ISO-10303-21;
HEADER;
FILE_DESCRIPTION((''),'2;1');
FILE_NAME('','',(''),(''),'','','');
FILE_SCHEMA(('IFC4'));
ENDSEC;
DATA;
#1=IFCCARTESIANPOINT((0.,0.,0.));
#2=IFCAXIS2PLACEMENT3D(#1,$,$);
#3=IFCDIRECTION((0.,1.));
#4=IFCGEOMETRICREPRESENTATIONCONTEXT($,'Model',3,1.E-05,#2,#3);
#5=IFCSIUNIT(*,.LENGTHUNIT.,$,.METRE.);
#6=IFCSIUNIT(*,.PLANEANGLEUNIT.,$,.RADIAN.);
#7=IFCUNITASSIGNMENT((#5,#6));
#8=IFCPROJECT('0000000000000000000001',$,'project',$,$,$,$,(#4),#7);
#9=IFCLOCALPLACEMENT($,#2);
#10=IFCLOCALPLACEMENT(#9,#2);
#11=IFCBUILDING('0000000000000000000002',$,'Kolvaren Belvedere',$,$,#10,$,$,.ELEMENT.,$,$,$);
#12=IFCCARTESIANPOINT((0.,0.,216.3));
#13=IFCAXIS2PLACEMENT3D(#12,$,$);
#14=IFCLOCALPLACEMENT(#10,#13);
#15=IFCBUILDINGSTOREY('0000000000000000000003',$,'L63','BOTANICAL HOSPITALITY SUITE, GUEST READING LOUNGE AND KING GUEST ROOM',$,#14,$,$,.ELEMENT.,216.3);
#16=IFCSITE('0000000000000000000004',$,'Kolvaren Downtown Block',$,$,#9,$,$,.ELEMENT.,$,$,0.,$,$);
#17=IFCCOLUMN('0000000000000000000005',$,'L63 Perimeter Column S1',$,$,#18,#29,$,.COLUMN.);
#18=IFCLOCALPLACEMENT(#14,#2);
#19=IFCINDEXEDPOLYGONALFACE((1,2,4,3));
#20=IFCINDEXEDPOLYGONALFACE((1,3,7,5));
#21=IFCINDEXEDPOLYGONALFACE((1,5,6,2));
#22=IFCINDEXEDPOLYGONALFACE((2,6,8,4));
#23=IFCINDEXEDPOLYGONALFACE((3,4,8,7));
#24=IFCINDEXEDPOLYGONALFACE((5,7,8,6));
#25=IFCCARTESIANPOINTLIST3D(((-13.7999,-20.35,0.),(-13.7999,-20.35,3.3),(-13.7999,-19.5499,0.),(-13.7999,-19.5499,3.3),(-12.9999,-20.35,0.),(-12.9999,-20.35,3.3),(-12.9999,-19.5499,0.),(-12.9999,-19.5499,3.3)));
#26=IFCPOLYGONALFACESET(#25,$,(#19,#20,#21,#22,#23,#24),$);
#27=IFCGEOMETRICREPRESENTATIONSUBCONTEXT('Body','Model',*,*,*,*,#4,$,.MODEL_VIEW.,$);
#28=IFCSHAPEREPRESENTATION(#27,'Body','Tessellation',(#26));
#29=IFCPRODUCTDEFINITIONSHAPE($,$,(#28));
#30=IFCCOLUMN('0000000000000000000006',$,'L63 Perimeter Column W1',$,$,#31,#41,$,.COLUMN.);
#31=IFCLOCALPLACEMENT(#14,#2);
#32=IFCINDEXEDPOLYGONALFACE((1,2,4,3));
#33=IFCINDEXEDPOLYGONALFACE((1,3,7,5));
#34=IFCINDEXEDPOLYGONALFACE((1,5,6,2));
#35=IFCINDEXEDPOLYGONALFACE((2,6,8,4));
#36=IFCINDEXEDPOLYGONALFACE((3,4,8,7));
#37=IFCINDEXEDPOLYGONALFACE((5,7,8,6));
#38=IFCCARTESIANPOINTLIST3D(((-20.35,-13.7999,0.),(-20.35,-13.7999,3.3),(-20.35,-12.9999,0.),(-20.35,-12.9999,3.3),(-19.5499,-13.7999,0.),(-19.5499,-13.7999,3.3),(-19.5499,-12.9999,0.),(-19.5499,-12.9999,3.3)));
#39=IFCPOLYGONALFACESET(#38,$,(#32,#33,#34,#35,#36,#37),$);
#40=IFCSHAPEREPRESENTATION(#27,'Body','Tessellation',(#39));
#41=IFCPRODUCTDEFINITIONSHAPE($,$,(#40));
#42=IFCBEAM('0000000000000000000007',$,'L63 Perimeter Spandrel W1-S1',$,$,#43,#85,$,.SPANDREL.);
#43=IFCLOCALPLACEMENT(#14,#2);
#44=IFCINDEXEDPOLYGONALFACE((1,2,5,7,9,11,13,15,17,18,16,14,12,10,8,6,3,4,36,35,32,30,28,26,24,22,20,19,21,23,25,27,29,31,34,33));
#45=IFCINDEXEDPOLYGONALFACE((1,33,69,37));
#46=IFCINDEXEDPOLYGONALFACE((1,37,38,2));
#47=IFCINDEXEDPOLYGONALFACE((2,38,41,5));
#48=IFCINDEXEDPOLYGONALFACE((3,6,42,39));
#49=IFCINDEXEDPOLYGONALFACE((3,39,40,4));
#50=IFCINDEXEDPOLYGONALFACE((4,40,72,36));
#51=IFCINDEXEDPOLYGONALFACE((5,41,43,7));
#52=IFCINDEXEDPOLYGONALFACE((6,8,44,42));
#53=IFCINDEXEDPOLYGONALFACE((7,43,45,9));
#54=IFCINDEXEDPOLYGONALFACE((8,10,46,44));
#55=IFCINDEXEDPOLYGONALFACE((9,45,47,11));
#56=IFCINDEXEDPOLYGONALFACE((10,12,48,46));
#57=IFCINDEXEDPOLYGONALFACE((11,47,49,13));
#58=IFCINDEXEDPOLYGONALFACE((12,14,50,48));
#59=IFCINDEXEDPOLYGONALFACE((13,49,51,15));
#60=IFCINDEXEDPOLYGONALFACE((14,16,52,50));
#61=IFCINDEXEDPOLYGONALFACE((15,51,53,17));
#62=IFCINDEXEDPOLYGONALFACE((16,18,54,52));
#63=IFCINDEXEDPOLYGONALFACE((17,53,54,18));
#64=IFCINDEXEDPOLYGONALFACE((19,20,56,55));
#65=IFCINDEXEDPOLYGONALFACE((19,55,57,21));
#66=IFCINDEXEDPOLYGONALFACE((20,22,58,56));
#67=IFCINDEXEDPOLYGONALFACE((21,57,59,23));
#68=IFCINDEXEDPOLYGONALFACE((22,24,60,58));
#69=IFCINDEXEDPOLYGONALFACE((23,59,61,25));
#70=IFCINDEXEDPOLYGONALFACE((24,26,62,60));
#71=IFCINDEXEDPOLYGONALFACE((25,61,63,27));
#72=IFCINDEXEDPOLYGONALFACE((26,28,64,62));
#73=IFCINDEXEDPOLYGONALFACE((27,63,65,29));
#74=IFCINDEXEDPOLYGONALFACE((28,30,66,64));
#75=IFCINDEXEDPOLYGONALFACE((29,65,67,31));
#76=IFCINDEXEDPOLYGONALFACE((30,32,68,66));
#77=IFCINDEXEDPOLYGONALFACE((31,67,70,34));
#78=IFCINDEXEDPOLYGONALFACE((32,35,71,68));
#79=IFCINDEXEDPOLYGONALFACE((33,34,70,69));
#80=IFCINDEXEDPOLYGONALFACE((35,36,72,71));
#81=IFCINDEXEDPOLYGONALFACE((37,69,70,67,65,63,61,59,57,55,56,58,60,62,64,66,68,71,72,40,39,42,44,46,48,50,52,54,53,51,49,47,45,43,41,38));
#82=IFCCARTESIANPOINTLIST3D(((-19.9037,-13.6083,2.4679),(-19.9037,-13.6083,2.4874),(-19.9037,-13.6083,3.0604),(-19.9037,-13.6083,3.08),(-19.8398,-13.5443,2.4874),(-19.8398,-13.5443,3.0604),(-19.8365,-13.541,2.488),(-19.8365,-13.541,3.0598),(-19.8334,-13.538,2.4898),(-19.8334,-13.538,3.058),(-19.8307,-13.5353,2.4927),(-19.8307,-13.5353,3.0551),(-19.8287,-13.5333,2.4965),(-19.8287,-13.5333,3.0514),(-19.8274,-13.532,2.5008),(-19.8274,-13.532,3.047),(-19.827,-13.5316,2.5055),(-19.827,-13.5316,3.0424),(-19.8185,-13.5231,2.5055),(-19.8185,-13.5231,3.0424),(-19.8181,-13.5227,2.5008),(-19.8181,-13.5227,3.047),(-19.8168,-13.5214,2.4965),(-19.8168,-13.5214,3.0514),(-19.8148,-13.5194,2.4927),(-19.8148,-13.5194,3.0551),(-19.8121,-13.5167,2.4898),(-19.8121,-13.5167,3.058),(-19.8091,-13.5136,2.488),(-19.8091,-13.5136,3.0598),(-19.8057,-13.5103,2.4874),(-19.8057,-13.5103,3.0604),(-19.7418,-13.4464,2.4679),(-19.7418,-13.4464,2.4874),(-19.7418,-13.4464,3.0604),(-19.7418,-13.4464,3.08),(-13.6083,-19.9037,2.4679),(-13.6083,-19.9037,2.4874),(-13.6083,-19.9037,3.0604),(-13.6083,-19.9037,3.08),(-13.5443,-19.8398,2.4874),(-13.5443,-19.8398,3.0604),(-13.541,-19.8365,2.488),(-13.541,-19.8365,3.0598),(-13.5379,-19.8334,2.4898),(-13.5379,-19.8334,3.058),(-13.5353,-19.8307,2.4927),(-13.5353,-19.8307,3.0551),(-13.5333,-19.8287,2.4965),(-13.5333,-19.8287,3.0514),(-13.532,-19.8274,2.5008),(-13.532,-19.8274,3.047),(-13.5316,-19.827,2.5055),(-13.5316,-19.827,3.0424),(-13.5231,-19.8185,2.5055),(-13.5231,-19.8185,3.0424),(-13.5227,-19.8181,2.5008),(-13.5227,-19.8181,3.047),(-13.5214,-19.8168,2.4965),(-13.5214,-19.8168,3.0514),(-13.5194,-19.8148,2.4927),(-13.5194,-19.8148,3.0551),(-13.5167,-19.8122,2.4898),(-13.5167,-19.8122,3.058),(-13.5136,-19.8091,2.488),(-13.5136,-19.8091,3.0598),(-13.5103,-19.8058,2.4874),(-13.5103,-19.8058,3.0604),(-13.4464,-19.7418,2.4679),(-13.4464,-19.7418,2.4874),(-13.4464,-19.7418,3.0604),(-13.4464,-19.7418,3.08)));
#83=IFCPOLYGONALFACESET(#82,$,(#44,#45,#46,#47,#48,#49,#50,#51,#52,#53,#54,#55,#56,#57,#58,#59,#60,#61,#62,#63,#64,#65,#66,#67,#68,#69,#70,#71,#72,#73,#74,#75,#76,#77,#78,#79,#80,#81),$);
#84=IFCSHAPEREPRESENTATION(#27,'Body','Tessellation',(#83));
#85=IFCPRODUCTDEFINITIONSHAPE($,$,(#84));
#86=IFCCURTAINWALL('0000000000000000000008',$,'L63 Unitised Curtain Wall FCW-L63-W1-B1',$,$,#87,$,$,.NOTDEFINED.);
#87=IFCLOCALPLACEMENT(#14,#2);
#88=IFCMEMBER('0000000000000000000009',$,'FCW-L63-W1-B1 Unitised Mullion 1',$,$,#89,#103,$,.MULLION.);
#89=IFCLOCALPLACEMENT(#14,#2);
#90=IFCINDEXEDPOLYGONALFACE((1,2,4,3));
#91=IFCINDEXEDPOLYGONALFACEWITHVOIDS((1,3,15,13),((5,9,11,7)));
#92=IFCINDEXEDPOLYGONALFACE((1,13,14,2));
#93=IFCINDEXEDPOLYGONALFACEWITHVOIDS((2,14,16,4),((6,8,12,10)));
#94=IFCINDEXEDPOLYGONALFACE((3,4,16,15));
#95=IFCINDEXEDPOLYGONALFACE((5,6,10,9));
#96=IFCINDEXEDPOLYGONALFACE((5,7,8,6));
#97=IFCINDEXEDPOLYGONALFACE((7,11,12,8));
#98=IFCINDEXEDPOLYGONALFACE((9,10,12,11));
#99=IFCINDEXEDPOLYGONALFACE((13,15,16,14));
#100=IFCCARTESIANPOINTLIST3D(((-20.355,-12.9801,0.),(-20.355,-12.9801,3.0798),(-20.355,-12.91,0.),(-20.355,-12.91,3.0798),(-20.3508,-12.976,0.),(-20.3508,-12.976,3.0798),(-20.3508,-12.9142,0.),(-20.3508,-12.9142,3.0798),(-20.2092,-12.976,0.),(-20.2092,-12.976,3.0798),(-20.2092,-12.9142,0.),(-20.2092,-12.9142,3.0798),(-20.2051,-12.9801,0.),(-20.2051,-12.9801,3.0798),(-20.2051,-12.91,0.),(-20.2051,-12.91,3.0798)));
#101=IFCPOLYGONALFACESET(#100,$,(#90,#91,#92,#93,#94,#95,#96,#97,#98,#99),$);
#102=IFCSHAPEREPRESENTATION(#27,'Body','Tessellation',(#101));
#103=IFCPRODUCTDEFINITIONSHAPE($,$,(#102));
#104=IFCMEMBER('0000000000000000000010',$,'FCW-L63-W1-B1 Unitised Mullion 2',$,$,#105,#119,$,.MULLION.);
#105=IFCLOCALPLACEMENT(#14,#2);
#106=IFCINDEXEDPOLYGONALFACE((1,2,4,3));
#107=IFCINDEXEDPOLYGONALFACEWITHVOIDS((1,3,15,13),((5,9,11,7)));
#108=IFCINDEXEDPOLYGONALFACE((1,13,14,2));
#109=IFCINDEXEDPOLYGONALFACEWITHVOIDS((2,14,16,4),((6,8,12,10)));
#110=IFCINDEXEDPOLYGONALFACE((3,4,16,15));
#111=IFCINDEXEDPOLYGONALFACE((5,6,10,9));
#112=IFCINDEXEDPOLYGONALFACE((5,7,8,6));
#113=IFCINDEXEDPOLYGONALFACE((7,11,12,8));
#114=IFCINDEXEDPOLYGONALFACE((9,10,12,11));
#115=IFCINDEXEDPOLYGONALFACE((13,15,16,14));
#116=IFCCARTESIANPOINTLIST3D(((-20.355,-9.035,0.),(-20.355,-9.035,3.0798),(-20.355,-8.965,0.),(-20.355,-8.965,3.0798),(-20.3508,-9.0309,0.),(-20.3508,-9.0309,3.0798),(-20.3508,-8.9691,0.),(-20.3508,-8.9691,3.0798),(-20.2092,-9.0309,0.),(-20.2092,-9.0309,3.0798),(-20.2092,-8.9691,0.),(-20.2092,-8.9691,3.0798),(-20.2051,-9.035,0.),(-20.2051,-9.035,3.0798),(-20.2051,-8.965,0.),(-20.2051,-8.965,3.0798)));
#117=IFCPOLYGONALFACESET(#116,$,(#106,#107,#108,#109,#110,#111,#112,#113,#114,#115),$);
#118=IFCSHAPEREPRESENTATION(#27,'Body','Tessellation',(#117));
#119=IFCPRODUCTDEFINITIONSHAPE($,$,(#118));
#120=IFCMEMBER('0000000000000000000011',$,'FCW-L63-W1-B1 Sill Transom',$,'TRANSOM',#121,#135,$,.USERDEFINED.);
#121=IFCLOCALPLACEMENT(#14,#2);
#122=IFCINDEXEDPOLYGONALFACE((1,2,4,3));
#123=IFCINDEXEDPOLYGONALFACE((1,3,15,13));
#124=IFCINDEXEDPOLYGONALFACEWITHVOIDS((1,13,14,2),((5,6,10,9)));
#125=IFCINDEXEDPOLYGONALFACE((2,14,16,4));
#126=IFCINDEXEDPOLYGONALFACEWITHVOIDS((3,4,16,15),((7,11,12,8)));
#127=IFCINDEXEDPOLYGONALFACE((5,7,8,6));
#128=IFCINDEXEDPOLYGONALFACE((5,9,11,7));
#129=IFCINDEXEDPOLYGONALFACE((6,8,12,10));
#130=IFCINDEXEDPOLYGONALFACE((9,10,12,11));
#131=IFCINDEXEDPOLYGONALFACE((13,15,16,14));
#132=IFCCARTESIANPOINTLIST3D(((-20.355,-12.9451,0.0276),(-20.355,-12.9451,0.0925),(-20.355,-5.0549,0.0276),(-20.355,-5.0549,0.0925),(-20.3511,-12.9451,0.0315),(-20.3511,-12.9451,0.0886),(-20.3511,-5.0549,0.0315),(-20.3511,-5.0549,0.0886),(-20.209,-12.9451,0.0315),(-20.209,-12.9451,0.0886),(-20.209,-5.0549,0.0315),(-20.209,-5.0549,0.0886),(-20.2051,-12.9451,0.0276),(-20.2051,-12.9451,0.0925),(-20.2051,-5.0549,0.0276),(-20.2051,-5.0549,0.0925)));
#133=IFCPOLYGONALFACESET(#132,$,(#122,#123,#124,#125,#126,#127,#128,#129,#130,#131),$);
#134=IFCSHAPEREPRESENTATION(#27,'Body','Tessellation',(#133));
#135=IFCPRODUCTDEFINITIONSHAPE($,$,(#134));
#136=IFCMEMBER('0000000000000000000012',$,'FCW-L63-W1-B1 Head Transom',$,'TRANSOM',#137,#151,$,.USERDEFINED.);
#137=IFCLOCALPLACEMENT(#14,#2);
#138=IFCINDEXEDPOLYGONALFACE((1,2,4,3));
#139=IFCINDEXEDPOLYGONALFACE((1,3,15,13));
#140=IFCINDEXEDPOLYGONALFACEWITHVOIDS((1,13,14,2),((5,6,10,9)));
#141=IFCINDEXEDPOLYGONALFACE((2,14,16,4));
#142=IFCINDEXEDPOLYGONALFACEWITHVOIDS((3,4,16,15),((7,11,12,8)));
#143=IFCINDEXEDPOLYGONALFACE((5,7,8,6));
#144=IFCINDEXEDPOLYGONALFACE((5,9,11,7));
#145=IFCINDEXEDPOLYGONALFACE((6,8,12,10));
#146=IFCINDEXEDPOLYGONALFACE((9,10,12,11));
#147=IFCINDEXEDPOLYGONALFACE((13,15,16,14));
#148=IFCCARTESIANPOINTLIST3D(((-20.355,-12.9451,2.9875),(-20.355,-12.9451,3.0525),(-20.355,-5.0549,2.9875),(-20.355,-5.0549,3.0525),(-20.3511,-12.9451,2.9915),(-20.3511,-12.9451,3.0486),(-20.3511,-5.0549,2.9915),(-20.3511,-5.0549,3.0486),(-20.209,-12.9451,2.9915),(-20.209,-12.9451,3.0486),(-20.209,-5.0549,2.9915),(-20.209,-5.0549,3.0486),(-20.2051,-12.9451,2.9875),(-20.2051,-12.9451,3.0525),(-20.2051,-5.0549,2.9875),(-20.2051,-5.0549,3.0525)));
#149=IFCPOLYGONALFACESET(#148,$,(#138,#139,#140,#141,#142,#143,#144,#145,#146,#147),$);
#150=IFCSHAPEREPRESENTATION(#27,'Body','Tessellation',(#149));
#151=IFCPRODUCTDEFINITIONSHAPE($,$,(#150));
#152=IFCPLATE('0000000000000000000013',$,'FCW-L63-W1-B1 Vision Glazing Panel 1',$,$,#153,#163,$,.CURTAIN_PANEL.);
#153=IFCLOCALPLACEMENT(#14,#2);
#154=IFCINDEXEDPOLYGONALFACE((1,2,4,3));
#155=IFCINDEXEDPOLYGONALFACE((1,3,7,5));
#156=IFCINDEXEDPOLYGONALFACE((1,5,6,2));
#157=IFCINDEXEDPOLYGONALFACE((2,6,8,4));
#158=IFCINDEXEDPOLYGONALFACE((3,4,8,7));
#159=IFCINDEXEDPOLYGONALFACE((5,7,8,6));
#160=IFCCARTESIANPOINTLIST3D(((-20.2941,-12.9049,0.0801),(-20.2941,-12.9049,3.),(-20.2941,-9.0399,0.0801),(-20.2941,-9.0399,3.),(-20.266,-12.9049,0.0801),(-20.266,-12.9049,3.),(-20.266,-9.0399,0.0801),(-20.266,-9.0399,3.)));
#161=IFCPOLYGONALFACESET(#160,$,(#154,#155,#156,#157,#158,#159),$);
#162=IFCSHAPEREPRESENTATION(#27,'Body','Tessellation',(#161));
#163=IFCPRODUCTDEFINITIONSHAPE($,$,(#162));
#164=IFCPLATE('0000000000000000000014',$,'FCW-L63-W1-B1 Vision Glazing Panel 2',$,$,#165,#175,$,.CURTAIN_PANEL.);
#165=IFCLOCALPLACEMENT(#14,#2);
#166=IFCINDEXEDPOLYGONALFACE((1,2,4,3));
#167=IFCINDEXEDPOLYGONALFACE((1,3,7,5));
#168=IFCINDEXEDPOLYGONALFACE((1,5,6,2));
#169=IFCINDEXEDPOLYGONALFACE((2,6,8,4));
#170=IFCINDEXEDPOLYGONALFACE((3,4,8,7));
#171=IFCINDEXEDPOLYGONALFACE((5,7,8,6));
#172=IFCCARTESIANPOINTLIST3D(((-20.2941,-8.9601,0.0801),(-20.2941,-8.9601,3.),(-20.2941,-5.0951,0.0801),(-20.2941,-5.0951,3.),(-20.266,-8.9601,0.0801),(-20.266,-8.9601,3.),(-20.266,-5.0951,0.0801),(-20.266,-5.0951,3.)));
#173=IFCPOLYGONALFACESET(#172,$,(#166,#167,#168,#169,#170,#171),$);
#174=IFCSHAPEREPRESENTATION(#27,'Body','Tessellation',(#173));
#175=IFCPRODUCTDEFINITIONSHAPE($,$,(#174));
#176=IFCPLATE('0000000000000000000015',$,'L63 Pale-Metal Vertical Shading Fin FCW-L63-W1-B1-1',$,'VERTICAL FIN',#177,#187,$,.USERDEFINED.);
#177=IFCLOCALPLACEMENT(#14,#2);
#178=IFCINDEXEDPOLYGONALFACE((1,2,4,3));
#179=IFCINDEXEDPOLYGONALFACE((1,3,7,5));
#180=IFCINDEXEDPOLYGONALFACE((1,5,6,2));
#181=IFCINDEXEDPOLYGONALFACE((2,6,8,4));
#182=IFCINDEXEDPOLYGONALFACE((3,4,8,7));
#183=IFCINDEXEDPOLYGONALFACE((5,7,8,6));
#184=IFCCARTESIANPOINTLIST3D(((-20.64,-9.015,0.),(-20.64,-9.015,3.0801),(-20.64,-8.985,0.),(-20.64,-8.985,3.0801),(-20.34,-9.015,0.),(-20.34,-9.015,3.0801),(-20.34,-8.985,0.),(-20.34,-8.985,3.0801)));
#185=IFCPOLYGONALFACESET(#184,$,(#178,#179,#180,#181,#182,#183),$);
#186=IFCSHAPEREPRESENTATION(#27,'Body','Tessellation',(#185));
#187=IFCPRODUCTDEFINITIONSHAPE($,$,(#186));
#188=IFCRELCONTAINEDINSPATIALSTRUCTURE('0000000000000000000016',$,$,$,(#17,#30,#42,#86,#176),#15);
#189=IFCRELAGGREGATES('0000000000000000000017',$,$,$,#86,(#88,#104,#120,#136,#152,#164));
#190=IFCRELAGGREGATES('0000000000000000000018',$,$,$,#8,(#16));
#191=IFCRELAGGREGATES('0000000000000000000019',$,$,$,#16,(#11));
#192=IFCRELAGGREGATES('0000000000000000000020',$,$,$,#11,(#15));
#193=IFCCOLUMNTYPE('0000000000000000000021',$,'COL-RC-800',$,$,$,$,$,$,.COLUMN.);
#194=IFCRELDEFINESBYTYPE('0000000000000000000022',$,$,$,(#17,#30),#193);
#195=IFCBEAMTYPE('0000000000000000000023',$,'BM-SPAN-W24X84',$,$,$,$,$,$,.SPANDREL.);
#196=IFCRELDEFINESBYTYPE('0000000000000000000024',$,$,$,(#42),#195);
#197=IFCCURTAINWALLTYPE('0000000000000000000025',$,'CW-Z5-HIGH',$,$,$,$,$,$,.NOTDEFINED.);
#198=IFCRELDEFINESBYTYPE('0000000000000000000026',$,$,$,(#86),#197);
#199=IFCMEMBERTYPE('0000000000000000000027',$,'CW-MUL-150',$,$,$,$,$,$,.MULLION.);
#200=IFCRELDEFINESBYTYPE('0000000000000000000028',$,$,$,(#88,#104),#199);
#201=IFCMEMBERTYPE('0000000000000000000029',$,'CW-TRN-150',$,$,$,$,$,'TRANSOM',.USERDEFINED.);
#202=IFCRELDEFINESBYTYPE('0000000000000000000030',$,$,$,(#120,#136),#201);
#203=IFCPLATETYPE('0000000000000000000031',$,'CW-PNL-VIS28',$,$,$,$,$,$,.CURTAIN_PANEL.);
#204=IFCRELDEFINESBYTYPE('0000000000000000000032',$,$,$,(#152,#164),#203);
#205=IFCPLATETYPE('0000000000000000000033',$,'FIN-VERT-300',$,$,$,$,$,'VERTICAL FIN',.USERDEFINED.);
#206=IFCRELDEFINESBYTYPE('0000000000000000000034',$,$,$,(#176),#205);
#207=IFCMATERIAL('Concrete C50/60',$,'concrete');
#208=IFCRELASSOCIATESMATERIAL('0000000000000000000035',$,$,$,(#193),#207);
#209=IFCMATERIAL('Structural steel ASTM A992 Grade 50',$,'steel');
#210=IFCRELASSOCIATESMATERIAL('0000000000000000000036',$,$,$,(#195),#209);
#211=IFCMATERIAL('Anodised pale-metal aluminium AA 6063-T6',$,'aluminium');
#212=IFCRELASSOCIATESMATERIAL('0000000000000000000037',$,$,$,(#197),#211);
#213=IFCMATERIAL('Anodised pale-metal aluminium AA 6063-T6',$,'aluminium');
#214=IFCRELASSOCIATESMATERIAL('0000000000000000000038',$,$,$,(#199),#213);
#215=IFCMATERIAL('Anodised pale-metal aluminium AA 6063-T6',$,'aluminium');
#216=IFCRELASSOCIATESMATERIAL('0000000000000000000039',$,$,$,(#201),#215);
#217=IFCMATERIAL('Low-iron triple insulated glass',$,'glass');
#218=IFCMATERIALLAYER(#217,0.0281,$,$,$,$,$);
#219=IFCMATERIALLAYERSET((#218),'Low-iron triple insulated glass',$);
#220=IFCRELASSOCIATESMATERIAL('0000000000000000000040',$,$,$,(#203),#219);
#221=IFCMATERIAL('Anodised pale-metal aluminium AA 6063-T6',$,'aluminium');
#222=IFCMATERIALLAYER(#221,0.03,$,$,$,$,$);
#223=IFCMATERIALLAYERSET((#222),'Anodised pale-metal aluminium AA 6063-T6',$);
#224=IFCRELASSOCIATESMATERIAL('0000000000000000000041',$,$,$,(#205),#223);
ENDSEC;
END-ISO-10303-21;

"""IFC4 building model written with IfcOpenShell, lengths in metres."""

from ifc_helpers import new_model, si_unit, direction, frame, origin, origin_2d, place, context, subcontext, project, spatial, rectangle, hollow_rectangle, i_section, extrude, material, layer, layer_set, material_profile, profile_set, type_object, element, aggregate, save


model = new_model("IFC4")

# Units and contexts
model_context = context("Model", 3, precision=1e-05, world=origin(), true_north=direction((0.0, 1.0)))
body_context = subcontext(model_context, "Body", "Model", "MODEL_VIEW")
ifc_project = project(units=[si_unit("LENGTHUNIT", "METRE"), si_unit("PLANEANGLEUNIT", "RADIAN")], contexts=[model_context])

# Site, building, storey
site_placement = place(None, origin())
site = spatial("IfcSite", under=ifc_project, at=site_placement, Name="Kolvaren Downtown Block", CompositionType="ELEMENT", RefElevation=0.0)
building_placement = place(site_placement, origin())
building = spatial("IfcBuilding", under=site, at=building_placement, Name="Kolvaren Belvedere", CompositionType="ELEMENT")
storey_placement = place(building_placement, frame((0.0, 0.0, 216.3)))
storey = spatial("IfcBuildingStorey", under=building, at=storey_placement, Name="L63", Description="BOTANICAL HOSPITALITY SUITE, GUEST READING LOUNGE AND KING GUEST ROOM", CompositionType="ELEMENT", Elevation=216.3)

# Columns
ifc_material_1 = material(Name="Concrete C50/60", Category="concrete")
ifc_material_profile_1 = material_profile(ifc_material_1, rectangle(XDim=0.8, YDim=0.8, at=origin_2d()), Name="RC 800X800")
ifc_profile_set_1 = profile_set([ifc_material_profile_1], Name="Concrete C50/60")
column_type = type_object("IfcColumnType", Name="COL-RC-800", PredefinedType="COLUMN", material=ifc_profile_set_1)
for number, where, z_axis, x_axis, name in (
    (1, (-13.3999, -19.95, 0.0), (0.0, 0.0, 1.0), (1.0, 0.0, 0.0), "L63 Perimeter Column S1"),
    (2, (-19.95, -13.3999, 0.0), (0.0, 0.0, 1.0), (1.0, 0.0, 0.0), "L63 Perimeter Column W1"),
):
    element("IfcColumn", number, at=place(storey_placement, frame(where, z_axis=z_axis, x_axis=x_axis)), inside=storey, type_object=column_type, Name=name, PredefinedType="COLUMN", context=body_context, shape_type="SweptSolid", body=[
        extrude(rectangle(XDim=0.8, YDim=0.8, at=origin_2d()), origin(), (0.0, 0.0, 1.0), 3.3),
    ])

# Beam
ifc_material_2 = material(Name="Structural steel ASTM A992 Grade 50", Category="steel")
ifc_material_profile_2 = material_profile(ifc_material_2, i_section(OverallWidth=0.229, OverallDepth=0.6121, WebThickness=0.012, FlangeThickness=0.0195, FilletRadius=0.0181, at=origin_2d()), Name="W24X84")
ifc_profile_set_2 = profile_set([ifc_material_profile_2], Name="Structural steel ASTM A992 Grade 50")
beam_type = type_object("IfcBeamType", Name="BM-SPAN-W24X84", PredefinedType="SPANDREL", material=ifc_profile_set_2)
beam_placement = place(storey_placement, frame((-19.8228, -13.5273, 2.7739), z_axis=(0.707107, -0.707107, 0.0), x_axis=(0.707107, 0.707107, 0.0)))
element("IfcBeam", 3, at=beam_placement, inside=storey, type_object=beam_type, Name="L63 Perimeter Spandrel W1-S1", PredefinedType="SPANDREL", context=body_context, shape_type="SweptSolid", body=[
    extrude(i_section(OverallWidth=0.229, OverallDepth=0.6121, WebThickness=0.012, FlangeThickness=0.0195, FilletRadius=0.0181, at=origin_2d()), origin(), (0.0, 0.0, 1.0), 8.9031),
])

# Curtain wall, members, plates
ifc_material_3 = material(Name="Anodised pale-metal aluminium AA 6063-T6", Category="aluminium")
curtain_wall_type = type_object("IfcCurtainWallType", Name="CW-Z5-HIGH", PredefinedType="NOTDEFINED", material=ifc_material_3)
curtain_wall_placement = place(storey_placement, origin())
curtain_wall = element("IfcCurtainWall", 4, at=curtain_wall_placement, inside=storey, type_object=curtain_wall_type, Name="L63 Unitised Curtain Wall FCW-L63-W1-B1", PredefinedType="NOTDEFINED")
ifc_material_4 = material(Name="Anodised pale-metal aluminium AA 6063-T6", Category="aluminium")
ifc_material_profile_3 = material_profile(ifc_material_4, hollow_rectangle(XDim=0.0701, YDim=0.1499, WallThickness=0.0042, at=origin_2d()), Name="ALU-MUL-150X70")
ifc_profile_set_3 = profile_set([ifc_material_profile_3], Name="Anodised pale-metal aluminium AA 6063-T6")
member_type_1 = type_object("IfcMemberType", Name="CW-MUL-150", PredefinedType="MULLION", material=ifc_profile_set_3)
member_1_placement = place(storey_placement, frame((-20.28, -12.9451, 0.0), z_axis=(0.0, 0.0, 1.0), x_axis=(0.0, 1.0, 0.0)))
member_1 = element("IfcMember", 5, at=member_1_placement, type_object=member_type_1, Name="FCW-L63-W1-B1 Unitised Mullion 1", PredefinedType="MULLION", context=body_context, shape_type="SweptSolid", body=[
    extrude(hollow_rectangle(XDim=0.0701, YDim=0.1499, WallThickness=0.0042, at=origin_2d()), origin(), (0.0, 0.0, 1.0), 3.0798),
])
member_2_placement = place(storey_placement, frame((-20.28, -9.0, 0.0), z_axis=(0.0, 0.0, 1.0), x_axis=(0.0, 1.0, 0.0)))
member_2 = element("IfcMember", 6, at=member_2_placement, type_object=member_type_1, Name="FCW-L63-W1-B1 Unitised Mullion 2", PredefinedType="MULLION", context=body_context, shape_type="SweptSolid", body=[
    extrude(hollow_rectangle(XDim=0.0701, YDim=0.1499, WallThickness=0.0042, at=origin_2d()), origin(), (0.0, 0.0, 1.0), 3.0798),
])
ifc_material_5 = material(Name="Anodised pale-metal aluminium AA 6063-T6", Category="aluminium")
ifc_material_profile_4 = material_profile(ifc_material_5, hollow_rectangle(XDim=0.0649, YDim=0.1499, WallThickness=0.0039, at=origin_2d()), Name="ALU-TRN-150X65")
ifc_profile_set_4 = profile_set([ifc_material_profile_4], Name="Anodised pale-metal aluminium AA 6063-T6")
member_type_2 = type_object("IfcMemberType", Name="CW-TRN-150", ElementType="TRANSOM", PredefinedType="USERDEFINED", material=ifc_profile_set_4)
member_3_placement = place(storey_placement, frame((-20.28, -12.9451, 0.0601), z_axis=(0.0, 1.0, 0.0), x_axis=(0.0, 0.0, 1.0)))
member_3 = element("IfcMember", 7, at=member_3_placement, type_object=member_type_2, Name="FCW-L63-W1-B1 Sill Transom", ObjectType="TRANSOM", PredefinedType="USERDEFINED", context=body_context, shape_type="SweptSolid", body=[
    extrude(hollow_rectangle(XDim=0.0649, YDim=0.1499, WallThickness=0.0039, at=origin_2d()), origin(), (0.0, 0.0, 1.0), 7.8901),
])
member_4_placement = place(storey_placement, frame((-20.28, -12.9451, 3.02), z_axis=(0.0, 1.0, 0.0), x_axis=(0.0, 0.0, 1.0)))
member_4 = element("IfcMember", 8, at=member_4_placement, type_object=member_type_2, Name="FCW-L63-W1-B1 Head Transom", ObjectType="TRANSOM", PredefinedType="USERDEFINED", context=body_context, shape_type="SweptSolid", body=[
    extrude(hollow_rectangle(XDim=0.0649, YDim=0.1499, WallThickness=0.0039, at=origin_2d()), origin(), (0.0, 0.0, 1.0), 7.8901),
])
ifc_material_6 = material(Name="Low-iron triple insulated glass", Category="glass")
ifc_layer_1 = layer(ifc_material_6, 0.0281)
ifc_layer_set_1 = layer_set([ifc_layer_1], Name="Low-iron triple insulated glass")
plate_type_1 = type_object("IfcPlateType", Name="CW-PNL-VIS28", PredefinedType="CURTAIN_PANEL", material=ifc_layer_set_1)
plate_1_placement = place(storey_placement, frame((-20.28, -10.9724, 0.0801), z_axis=(0.0, 0.0, 1.0), x_axis=(0.0, 1.0, 0.0)))
plate_1 = element("IfcPlate", 9, at=plate_1_placement, type_object=plate_type_1, Name="FCW-L63-W1-B1 Vision Glazing Panel 1", PredefinedType="CURTAIN_PANEL", context=body_context, shape_type="SweptSolid", body=[
    extrude(rectangle(XDim=3.865, YDim=0.0281, at=origin_2d()), origin(), (0.0, 0.0, 1.0), 2.9199),
])
plate_2_placement = place(storey_placement, frame((-20.28, -7.0276, 0.0801), z_axis=(0.0, 0.0, 1.0), x_axis=(0.0, 1.0, 0.0)))
plate_2 = element("IfcPlate", 10, at=plate_2_placement, type_object=plate_type_1, Name="FCW-L63-W1-B1 Vision Glazing Panel 2", PredefinedType="CURTAIN_PANEL", context=body_context, shape_type="SweptSolid", body=[
    extrude(rectangle(XDim=3.865, YDim=0.0281, at=origin_2d()), origin(), (0.0, 0.0, 1.0), 2.9199),
])
aggregate(curtain_wall, [member_1, member_2, member_3, member_4, plate_1, plate_2])

# Plate
ifc_material_7 = material(Name="Anodised pale-metal aluminium AA 6063-T6", Category="aluminium")
ifc_layer_2 = layer(ifc_material_7, 0.03)
ifc_layer_set_2 = layer_set([ifc_layer_2], Name="Anodised pale-metal aluminium AA 6063-T6")
plate_type_2 = type_object("IfcPlateType", Name="FIN-VERT-300", ElementType="VERTICAL FIN", PredefinedType="USERDEFINED", material=ifc_layer_set_2)
plate_3_placement = place(storey_placement, frame((-20.49, -9.0, 0.0), z_axis=(0.0, 0.0, 1.0), x_axis=(1.0, 0.0, 0.0)))
element("IfcPlate", 11, at=plate_3_placement, inside=storey, type_object=plate_type_2, Name="L63 Pale-Metal Vertical Shading Fin FCW-L63-W1-B1-1", ObjectType="VERTICAL FIN", PredefinedType="USERDEFINED", context=body_context, shape_type="SweptSolid", body=[
    extrude(rectangle(XDim=0.3, YDim=0.03, at=origin_2d()), origin(), (0.0, 0.0, 1.0), 3.0801),
])

save(model, "model.ifc")
